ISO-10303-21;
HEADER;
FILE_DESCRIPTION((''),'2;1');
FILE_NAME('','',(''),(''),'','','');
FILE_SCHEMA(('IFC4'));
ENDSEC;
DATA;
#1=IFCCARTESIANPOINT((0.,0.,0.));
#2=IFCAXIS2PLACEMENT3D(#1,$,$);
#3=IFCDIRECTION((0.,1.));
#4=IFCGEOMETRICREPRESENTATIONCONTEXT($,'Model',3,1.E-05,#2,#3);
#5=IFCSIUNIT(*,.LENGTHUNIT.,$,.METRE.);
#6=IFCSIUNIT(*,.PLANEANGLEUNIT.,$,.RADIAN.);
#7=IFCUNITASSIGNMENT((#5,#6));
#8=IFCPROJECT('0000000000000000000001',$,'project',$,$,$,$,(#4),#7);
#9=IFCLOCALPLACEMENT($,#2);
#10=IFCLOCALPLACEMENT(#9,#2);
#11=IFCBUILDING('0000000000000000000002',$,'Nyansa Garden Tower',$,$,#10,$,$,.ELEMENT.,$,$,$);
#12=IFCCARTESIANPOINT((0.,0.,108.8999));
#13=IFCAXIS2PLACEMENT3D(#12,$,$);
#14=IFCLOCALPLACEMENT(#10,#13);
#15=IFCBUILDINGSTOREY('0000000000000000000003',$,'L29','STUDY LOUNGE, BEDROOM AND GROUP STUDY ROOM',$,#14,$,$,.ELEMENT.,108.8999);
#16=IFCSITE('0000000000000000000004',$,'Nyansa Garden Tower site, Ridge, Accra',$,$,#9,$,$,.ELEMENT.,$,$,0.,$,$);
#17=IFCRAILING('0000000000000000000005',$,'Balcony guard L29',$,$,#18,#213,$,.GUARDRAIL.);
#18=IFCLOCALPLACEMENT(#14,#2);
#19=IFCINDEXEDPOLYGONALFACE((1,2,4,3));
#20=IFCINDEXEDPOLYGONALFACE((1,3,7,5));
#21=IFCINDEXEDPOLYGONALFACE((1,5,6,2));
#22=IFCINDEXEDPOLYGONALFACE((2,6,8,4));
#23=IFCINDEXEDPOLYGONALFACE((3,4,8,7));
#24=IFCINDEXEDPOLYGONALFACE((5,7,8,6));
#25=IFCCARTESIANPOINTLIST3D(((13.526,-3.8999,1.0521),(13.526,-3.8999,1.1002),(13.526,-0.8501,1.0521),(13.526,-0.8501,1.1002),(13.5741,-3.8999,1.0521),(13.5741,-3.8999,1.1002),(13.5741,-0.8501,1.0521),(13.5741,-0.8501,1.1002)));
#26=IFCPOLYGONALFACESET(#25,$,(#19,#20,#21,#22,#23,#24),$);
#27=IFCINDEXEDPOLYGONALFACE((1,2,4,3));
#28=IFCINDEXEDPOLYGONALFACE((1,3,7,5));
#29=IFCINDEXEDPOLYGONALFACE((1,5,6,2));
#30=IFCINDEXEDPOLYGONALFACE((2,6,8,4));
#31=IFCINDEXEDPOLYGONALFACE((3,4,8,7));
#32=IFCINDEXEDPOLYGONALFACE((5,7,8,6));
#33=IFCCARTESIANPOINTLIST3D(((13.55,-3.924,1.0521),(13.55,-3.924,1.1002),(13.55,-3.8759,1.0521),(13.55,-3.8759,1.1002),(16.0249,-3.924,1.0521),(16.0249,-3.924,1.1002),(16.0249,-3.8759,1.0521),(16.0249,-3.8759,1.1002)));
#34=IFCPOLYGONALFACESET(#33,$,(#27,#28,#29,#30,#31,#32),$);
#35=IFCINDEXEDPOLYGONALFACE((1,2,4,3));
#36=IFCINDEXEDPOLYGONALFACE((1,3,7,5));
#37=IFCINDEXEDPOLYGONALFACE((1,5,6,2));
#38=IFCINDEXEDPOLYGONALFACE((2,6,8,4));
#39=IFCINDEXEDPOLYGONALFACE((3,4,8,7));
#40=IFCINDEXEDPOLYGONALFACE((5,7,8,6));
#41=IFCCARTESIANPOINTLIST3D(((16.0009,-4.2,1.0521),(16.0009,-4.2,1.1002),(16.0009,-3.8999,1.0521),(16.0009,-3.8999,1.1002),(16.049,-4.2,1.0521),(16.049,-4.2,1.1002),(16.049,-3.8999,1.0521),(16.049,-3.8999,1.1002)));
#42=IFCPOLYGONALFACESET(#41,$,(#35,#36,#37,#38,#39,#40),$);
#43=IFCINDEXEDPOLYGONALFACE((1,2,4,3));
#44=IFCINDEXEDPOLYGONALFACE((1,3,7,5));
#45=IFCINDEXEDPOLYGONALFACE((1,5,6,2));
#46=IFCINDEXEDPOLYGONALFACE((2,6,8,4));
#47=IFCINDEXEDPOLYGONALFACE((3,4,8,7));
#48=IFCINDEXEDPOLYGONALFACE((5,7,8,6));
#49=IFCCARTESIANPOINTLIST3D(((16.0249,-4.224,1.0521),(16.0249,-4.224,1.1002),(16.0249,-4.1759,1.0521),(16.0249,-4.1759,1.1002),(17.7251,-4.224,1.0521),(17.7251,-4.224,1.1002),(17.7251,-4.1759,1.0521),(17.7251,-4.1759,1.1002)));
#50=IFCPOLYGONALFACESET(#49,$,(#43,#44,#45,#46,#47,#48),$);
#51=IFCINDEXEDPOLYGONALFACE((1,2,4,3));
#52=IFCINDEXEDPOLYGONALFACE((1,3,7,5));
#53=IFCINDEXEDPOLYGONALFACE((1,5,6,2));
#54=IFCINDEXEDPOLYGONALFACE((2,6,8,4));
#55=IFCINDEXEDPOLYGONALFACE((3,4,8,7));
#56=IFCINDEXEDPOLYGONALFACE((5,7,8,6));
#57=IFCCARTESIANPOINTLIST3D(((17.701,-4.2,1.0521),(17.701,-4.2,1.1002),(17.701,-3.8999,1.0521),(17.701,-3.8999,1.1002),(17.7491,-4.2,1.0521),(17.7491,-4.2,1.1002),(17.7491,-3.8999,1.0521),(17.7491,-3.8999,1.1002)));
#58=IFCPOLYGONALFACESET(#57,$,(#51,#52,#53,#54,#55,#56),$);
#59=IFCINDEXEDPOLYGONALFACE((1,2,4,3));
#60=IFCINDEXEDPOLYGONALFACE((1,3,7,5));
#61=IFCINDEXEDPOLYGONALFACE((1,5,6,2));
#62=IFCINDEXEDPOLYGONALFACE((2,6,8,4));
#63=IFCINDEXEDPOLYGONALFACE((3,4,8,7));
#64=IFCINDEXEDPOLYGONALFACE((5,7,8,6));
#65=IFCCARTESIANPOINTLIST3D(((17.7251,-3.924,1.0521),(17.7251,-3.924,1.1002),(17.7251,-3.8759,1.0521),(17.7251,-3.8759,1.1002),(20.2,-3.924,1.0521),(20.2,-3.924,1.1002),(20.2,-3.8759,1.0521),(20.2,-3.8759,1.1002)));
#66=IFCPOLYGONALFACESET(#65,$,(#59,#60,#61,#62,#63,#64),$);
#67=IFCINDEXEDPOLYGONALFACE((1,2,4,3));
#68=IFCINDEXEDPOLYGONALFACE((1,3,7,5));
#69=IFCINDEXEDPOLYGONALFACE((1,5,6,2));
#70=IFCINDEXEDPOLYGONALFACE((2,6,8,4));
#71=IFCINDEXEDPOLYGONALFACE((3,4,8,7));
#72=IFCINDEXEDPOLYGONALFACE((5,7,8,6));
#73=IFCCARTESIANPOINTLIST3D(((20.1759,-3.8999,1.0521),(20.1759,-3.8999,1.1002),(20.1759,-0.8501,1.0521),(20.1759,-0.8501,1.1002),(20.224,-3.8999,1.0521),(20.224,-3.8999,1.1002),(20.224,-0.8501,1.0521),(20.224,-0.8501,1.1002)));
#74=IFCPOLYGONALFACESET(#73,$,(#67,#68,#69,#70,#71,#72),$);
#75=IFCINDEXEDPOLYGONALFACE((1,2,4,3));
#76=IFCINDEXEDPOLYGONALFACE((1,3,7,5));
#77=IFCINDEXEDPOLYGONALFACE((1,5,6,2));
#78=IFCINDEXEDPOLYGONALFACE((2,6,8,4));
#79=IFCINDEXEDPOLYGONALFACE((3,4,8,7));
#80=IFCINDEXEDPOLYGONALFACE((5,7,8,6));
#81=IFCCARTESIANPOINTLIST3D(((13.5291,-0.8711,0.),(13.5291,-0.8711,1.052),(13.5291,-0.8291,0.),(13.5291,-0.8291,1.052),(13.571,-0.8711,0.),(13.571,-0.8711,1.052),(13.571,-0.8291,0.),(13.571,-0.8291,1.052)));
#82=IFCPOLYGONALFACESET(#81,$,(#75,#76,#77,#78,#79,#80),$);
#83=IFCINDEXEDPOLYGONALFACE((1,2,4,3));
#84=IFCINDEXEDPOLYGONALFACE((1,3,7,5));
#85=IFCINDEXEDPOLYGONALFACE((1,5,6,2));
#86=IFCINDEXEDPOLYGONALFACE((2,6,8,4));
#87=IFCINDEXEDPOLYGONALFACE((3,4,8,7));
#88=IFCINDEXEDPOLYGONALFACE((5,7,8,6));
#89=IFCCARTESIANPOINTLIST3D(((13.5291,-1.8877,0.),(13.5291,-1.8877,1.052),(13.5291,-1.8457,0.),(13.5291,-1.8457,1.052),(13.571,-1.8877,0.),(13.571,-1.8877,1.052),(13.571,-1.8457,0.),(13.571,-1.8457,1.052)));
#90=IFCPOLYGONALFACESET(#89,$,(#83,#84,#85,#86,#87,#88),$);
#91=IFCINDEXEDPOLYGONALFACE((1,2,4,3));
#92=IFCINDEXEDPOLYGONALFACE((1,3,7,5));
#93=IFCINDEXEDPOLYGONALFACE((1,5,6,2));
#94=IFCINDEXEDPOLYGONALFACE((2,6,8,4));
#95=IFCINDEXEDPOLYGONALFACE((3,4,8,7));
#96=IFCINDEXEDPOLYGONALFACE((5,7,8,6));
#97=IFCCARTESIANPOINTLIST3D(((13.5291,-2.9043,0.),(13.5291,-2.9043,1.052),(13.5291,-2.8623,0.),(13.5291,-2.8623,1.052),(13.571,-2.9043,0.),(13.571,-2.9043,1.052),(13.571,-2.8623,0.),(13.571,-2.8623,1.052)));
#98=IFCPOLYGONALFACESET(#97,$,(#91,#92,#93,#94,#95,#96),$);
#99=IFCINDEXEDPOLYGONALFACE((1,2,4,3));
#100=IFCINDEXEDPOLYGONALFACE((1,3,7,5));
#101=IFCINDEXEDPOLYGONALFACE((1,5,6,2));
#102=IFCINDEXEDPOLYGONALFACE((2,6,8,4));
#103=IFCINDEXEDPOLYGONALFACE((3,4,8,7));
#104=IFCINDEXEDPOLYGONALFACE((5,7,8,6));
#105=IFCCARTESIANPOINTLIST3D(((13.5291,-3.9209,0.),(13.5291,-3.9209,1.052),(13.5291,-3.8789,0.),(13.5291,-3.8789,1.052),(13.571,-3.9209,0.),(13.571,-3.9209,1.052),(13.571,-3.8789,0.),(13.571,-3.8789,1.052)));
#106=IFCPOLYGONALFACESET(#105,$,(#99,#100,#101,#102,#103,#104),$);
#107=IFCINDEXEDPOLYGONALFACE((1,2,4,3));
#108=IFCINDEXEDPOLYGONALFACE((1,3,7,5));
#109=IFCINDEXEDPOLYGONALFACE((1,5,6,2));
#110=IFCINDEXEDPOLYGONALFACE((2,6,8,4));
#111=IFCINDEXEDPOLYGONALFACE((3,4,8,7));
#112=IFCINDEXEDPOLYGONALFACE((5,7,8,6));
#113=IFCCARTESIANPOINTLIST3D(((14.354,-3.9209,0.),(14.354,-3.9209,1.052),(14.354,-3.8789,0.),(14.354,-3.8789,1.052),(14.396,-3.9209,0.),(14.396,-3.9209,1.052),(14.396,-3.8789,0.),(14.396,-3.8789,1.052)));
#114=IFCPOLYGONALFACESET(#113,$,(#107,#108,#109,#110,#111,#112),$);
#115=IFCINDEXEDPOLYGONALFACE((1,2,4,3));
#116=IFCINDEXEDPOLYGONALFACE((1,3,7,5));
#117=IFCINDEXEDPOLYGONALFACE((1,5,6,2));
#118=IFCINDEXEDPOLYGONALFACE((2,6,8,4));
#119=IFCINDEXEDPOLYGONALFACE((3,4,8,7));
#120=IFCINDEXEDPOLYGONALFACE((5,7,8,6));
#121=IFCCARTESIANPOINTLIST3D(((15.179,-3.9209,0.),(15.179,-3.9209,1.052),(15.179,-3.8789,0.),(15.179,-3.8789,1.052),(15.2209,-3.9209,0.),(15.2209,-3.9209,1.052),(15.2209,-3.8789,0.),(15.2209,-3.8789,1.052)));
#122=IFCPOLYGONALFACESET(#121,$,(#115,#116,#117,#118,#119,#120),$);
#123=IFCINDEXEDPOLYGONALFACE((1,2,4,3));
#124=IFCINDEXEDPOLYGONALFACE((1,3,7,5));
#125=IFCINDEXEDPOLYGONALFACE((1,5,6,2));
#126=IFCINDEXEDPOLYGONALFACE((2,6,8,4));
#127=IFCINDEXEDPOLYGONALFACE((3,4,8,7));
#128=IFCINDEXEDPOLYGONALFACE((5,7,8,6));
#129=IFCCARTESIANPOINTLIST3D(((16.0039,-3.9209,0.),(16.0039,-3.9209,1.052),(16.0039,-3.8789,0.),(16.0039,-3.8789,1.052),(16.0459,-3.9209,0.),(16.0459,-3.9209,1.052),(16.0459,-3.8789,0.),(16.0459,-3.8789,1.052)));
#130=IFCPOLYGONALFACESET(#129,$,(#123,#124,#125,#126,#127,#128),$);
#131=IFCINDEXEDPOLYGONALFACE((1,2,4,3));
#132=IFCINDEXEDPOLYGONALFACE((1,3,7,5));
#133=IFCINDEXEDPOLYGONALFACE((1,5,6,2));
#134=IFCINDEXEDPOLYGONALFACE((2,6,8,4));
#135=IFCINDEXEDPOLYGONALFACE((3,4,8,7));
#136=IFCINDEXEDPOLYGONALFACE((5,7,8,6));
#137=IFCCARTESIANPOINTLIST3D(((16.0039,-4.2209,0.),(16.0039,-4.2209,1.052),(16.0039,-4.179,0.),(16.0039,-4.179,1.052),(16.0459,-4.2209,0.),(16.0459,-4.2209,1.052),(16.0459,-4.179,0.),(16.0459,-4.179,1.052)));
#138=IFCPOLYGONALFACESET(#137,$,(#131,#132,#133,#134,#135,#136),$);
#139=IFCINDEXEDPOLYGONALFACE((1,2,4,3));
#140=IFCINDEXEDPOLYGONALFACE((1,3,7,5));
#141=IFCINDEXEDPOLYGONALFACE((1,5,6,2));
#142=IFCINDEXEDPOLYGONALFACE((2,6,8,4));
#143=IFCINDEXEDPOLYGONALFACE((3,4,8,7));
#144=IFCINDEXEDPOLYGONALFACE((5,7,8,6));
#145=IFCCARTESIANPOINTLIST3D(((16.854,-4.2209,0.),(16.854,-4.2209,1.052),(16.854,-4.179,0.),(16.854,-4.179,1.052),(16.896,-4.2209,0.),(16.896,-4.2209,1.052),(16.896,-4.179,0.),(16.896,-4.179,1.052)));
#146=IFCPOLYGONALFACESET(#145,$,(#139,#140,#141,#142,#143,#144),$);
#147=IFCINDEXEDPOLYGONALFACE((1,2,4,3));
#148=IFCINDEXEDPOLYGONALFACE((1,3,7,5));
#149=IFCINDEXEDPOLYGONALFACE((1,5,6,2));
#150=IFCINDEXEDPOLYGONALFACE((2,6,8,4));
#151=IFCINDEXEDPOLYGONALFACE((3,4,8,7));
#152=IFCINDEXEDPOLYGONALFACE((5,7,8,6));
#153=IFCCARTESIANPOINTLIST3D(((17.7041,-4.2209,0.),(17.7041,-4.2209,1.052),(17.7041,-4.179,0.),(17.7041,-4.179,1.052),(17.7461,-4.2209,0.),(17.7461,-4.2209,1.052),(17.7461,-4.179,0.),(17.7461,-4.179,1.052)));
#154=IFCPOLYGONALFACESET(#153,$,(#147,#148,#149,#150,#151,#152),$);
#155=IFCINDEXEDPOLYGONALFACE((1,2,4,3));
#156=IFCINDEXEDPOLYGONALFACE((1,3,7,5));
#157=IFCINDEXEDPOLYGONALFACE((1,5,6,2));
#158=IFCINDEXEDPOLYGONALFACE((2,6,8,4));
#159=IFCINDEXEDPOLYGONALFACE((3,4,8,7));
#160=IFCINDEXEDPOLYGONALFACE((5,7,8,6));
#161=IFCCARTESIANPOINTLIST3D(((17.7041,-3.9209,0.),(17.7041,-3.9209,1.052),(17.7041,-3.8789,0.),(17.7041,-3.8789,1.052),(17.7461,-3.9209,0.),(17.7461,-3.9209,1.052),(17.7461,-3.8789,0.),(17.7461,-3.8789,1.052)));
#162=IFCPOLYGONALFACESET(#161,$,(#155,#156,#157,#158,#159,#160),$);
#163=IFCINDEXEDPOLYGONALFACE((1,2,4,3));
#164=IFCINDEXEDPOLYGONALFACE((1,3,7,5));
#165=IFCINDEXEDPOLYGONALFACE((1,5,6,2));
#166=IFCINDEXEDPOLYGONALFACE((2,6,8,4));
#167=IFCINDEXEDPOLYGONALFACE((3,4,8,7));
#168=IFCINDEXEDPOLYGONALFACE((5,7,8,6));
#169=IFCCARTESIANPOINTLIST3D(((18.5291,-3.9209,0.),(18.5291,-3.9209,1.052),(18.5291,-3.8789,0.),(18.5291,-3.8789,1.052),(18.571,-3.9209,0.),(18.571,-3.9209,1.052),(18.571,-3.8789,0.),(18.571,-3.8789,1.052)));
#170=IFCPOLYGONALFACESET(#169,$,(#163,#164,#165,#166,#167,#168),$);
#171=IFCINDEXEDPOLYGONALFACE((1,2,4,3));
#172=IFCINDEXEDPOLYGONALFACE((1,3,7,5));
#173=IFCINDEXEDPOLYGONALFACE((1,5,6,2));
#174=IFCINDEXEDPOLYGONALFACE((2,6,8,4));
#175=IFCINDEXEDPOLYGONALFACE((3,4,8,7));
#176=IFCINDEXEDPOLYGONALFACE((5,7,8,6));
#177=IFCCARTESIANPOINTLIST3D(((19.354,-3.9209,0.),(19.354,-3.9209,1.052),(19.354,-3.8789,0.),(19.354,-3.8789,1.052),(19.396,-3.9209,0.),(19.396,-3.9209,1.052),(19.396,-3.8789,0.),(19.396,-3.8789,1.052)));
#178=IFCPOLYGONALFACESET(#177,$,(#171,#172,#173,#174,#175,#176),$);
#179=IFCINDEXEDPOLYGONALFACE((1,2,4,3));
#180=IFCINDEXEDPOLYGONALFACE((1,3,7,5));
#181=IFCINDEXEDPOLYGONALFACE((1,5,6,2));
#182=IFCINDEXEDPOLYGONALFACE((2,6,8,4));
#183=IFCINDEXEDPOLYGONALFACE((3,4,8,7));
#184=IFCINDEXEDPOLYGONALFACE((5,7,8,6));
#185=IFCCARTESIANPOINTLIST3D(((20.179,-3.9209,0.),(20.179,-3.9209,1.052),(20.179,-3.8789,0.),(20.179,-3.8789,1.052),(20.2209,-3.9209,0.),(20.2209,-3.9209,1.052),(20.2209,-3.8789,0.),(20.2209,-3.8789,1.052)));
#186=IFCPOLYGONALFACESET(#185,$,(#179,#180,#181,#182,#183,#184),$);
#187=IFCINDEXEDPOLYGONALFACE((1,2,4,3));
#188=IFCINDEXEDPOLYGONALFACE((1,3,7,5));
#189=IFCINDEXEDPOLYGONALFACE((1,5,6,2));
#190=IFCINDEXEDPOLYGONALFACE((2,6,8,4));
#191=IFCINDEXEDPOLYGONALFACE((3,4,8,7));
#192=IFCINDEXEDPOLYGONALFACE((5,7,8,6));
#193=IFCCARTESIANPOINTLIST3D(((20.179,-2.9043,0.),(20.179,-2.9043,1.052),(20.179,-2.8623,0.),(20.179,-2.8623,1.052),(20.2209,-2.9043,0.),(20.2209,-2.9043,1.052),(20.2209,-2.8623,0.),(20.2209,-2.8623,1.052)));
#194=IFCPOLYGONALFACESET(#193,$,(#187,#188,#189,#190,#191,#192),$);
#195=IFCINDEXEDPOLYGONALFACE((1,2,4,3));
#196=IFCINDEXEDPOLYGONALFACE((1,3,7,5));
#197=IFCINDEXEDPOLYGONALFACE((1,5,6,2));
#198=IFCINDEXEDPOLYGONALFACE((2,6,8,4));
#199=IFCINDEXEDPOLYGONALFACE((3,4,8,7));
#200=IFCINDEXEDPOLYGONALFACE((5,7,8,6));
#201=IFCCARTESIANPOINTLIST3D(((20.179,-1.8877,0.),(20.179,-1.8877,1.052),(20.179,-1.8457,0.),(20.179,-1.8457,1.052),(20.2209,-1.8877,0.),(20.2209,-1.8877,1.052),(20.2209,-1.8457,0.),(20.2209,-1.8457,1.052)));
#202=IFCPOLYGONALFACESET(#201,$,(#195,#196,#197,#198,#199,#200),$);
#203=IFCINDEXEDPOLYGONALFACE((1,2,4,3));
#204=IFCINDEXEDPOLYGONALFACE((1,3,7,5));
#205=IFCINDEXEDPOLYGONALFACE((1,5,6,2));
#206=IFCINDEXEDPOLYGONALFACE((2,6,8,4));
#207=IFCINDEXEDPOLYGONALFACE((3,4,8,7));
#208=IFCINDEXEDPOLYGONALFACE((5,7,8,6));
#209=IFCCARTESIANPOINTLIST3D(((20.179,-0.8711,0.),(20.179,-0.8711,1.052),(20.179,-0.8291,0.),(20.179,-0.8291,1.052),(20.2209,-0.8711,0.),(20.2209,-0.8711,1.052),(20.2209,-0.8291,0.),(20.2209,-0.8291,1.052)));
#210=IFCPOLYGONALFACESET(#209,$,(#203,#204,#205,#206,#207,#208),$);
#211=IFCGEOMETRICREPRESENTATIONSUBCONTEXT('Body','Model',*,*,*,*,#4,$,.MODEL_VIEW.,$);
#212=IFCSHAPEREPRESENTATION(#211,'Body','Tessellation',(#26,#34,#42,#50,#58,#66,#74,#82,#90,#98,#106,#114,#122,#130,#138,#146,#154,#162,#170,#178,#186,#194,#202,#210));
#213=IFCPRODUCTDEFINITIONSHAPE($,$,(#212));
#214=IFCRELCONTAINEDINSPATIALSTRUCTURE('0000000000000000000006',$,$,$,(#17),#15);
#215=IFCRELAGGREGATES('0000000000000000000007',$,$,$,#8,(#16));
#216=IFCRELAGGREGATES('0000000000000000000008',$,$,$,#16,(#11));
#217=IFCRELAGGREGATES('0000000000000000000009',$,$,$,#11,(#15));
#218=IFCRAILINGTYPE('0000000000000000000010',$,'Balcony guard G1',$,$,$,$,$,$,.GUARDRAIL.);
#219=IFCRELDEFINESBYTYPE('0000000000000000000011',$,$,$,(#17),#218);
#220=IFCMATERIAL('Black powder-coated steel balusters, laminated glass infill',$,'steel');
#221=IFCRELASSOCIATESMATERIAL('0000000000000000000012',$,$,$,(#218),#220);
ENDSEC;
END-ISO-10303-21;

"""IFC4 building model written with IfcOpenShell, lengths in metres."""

from ifc_helpers import new_model, si_unit, direction, frame, origin, origin_2d, place, context, subcontext, project, spatial, rectangle, extrude, material, type_object, element, save


model = new_model("IFC4")

# Units and contexts
model_context = context("Model", 3, precision=1e-05, world=origin(), true_north=direction((0.0, 1.0)))
body_context = subcontext(model_context, "Body", "Model", "MODEL_VIEW")
ifc_project = project(units=[si_unit("LENGTHUNIT", "METRE"), si_unit("PLANEANGLEUNIT", "RADIAN")], contexts=[model_context])

# Site, building, storey
site_placement = place(None, origin())
site = spatial("IfcSite", under=ifc_project, at=site_placement, Name="Nyansa Garden Tower site, Ridge, Accra", CompositionType="ELEMENT", RefElevation=0.0)
building_placement = place(site_placement, origin())
building = spatial("IfcBuilding", under=site, at=building_placement, Name="Nyansa Garden Tower", CompositionType="ELEMENT")
storey_placement = place(building_placement, frame((0.0, 0.0, 108.8999)))
storey = spatial("IfcBuildingStorey", under=building, at=storey_placement, Name="L29", Description="STUDY LOUNGE, BEDROOM AND GROUP STUDY ROOM", CompositionType="ELEMENT", Elevation=108.8999)

# Railing
ifc_material_1 = material(Name="Black powder-coated steel balusters, laminated glass infill", Category="steel")
railing_type = type_object("IfcRailingType", Name="Balcony guard G1", PredefinedType="GUARDRAIL", material=ifc_material_1)
railing_placement = place(storey_placement, frame((13.55, -0.8501, 0.0)))
element("IfcRailing", 1, at=railing_placement, inside=storey, type_object=railing_type, Name="Balcony guard L29", PredefinedType="GUARDRAIL", context=body_context, shape_type="SweptSolid", body=[
    extrude(rectangle(XDim=0.0481, YDim=0.0481, at=origin_2d()), frame((0.0, 0.0, 1.0762), z_axis=(0.0, -1.0, 0.0), x_axis=(1.0, 0.0, 0.0)), (0.0, 0.0, 1.0), 3.0498),
    extrude(rectangle(XDim=0.0481, YDim=0.0481, at=origin_2d()), frame((0.0, -3.0498, 1.0762), z_axis=(1.0, 0.0, 0.0), x_axis=(0.0, 1.0, 0.0)), (0.0, 0.0, 1.0), 2.4749),
    extrude(rectangle(XDim=0.0481, YDim=0.0481, at=origin_2d()), frame((2.4749, -3.0498, 1.0762), z_axis=(0.0, -1.0, 0.0), x_axis=(1.0, 0.0, 0.0)), (0.0, 0.0, 1.0), 0.3),
    extrude(rectangle(XDim=0.0481, YDim=0.0481, at=origin_2d()), frame((2.4749, -3.3499, 1.0762), z_axis=(1.0, 0.0, 0.0), x_axis=(0.0, 1.0, 0.0)), (0.0, 0.0, 1.0), 1.7002),
    extrude(rectangle(XDim=0.0481, YDim=0.0481, at=origin_2d()), frame((4.175, -3.3499, 1.0762), z_axis=(0.0, 1.0, 0.0), x_axis=(-1.0, 0.0, 0.0)), (0.0, 0.0, 1.0), 0.3),
    extrude(rectangle(XDim=0.0481, YDim=0.0481, at=origin_2d()), frame((4.175, -3.0498, 1.0762), z_axis=(1.0, 0.0, 0.0), x_axis=(0.0, 1.0, 0.0)), (0.0, 0.0, 1.0), 2.4749),
    extrude(rectangle(XDim=0.0481, YDim=0.0481, at=origin_2d()), frame((6.6499, -3.0498, 1.0762), z_axis=(0.0, 1.0, 0.0), x_axis=(-1.0, 0.0, 0.0)), (0.0, 0.0, 1.0), 3.0498),
    extrude(rectangle(XDim=0.042, YDim=0.042, at=origin_2d()), origin(), (0.0, 0.0, 1.0), 1.052),
    extrude(rectangle(XDim=0.042, YDim=0.042, at=origin_2d()), frame((0.0, -1.0166, 0.0)), (0.0, 0.0, 1.0), 1.052),
    extrude(rectangle(XDim=0.042, YDim=0.042, at=origin_2d()), frame((0.0, -2.0332, 0.0)), (0.0, 0.0, 1.0), 1.052),
    extrude(rectangle(XDim=0.042, YDim=0.042, at=origin_2d()), frame((0.0, -3.0498, 0.0)), (0.0, 0.0, 1.0), 1.052),
    extrude(rectangle(XDim=0.042, YDim=0.042, at=origin_2d()), frame((0.825, -3.0498, 0.0)), (0.0, 0.0, 1.0), 1.052),
    extrude(rectangle(XDim=0.042, YDim=0.042, at=origin_2d()), frame((1.6499, -3.0498, 0.0)), (0.0, 0.0, 1.0), 1.052),
    extrude(rectangle(XDim=0.042, YDim=0.042, at=origin_2d()), frame((2.4749, -3.0498, 0.0)), (0.0, 0.0, 1.0), 1.052),
    extrude(rectangle(XDim=0.042, YDim=0.042, at=origin_2d()), frame((2.4749, -3.3499, 0.0)), (0.0, 0.0, 1.0), 1.052),
    extrude(rectangle(XDim=0.042, YDim=0.042, at=origin_2d()), frame((3.325, -3.3499, 0.0)), (0.0, 0.0, 1.0), 1.052),
    extrude(rectangle(XDim=0.042, YDim=0.042, at=origin_2d()), frame((4.175, -3.3499, 0.0)), (0.0, 0.0, 1.0), 1.052),
    extrude(rectangle(XDim=0.042, YDim=0.042, at=origin_2d()), frame((4.175, -3.0498, 0.0)), (0.0, 0.0, 1.0), 1.052),
    extrude(rectangle(XDim=0.042, YDim=0.042, at=origin_2d()), frame((5.0, -3.0498, 0.0)), (0.0, 0.0, 1.0), 1.052),
    extrude(rectangle(XDim=0.042, YDim=0.042, at=origin_2d()), frame((5.825, -3.0498, 0.0)), (0.0, 0.0, 1.0), 1.052),
    extrude(rectangle(XDim=0.042, YDim=0.042, at=origin_2d()), frame((6.6499, -3.0498, 0.0)), (0.0, 0.0, 1.0), 1.052),
    extrude(rectangle(XDim=0.042, YDim=0.042, at=origin_2d()), frame((6.6499, -2.0332, 0.0)), (0.0, 0.0, 1.0), 1.052),
    extrude(rectangle(XDim=0.042, YDim=0.042, at=origin_2d()), frame((6.6499, -1.0166, 0.0)), (0.0, 0.0, 1.0), 1.052),
    extrude(rectangle(XDim=0.042, YDim=0.042, at=origin_2d()), frame((6.6499, 0.0, 0.0)), (0.0, 0.0, 1.0), 1.052),
])

save(model, "model.ifc")
